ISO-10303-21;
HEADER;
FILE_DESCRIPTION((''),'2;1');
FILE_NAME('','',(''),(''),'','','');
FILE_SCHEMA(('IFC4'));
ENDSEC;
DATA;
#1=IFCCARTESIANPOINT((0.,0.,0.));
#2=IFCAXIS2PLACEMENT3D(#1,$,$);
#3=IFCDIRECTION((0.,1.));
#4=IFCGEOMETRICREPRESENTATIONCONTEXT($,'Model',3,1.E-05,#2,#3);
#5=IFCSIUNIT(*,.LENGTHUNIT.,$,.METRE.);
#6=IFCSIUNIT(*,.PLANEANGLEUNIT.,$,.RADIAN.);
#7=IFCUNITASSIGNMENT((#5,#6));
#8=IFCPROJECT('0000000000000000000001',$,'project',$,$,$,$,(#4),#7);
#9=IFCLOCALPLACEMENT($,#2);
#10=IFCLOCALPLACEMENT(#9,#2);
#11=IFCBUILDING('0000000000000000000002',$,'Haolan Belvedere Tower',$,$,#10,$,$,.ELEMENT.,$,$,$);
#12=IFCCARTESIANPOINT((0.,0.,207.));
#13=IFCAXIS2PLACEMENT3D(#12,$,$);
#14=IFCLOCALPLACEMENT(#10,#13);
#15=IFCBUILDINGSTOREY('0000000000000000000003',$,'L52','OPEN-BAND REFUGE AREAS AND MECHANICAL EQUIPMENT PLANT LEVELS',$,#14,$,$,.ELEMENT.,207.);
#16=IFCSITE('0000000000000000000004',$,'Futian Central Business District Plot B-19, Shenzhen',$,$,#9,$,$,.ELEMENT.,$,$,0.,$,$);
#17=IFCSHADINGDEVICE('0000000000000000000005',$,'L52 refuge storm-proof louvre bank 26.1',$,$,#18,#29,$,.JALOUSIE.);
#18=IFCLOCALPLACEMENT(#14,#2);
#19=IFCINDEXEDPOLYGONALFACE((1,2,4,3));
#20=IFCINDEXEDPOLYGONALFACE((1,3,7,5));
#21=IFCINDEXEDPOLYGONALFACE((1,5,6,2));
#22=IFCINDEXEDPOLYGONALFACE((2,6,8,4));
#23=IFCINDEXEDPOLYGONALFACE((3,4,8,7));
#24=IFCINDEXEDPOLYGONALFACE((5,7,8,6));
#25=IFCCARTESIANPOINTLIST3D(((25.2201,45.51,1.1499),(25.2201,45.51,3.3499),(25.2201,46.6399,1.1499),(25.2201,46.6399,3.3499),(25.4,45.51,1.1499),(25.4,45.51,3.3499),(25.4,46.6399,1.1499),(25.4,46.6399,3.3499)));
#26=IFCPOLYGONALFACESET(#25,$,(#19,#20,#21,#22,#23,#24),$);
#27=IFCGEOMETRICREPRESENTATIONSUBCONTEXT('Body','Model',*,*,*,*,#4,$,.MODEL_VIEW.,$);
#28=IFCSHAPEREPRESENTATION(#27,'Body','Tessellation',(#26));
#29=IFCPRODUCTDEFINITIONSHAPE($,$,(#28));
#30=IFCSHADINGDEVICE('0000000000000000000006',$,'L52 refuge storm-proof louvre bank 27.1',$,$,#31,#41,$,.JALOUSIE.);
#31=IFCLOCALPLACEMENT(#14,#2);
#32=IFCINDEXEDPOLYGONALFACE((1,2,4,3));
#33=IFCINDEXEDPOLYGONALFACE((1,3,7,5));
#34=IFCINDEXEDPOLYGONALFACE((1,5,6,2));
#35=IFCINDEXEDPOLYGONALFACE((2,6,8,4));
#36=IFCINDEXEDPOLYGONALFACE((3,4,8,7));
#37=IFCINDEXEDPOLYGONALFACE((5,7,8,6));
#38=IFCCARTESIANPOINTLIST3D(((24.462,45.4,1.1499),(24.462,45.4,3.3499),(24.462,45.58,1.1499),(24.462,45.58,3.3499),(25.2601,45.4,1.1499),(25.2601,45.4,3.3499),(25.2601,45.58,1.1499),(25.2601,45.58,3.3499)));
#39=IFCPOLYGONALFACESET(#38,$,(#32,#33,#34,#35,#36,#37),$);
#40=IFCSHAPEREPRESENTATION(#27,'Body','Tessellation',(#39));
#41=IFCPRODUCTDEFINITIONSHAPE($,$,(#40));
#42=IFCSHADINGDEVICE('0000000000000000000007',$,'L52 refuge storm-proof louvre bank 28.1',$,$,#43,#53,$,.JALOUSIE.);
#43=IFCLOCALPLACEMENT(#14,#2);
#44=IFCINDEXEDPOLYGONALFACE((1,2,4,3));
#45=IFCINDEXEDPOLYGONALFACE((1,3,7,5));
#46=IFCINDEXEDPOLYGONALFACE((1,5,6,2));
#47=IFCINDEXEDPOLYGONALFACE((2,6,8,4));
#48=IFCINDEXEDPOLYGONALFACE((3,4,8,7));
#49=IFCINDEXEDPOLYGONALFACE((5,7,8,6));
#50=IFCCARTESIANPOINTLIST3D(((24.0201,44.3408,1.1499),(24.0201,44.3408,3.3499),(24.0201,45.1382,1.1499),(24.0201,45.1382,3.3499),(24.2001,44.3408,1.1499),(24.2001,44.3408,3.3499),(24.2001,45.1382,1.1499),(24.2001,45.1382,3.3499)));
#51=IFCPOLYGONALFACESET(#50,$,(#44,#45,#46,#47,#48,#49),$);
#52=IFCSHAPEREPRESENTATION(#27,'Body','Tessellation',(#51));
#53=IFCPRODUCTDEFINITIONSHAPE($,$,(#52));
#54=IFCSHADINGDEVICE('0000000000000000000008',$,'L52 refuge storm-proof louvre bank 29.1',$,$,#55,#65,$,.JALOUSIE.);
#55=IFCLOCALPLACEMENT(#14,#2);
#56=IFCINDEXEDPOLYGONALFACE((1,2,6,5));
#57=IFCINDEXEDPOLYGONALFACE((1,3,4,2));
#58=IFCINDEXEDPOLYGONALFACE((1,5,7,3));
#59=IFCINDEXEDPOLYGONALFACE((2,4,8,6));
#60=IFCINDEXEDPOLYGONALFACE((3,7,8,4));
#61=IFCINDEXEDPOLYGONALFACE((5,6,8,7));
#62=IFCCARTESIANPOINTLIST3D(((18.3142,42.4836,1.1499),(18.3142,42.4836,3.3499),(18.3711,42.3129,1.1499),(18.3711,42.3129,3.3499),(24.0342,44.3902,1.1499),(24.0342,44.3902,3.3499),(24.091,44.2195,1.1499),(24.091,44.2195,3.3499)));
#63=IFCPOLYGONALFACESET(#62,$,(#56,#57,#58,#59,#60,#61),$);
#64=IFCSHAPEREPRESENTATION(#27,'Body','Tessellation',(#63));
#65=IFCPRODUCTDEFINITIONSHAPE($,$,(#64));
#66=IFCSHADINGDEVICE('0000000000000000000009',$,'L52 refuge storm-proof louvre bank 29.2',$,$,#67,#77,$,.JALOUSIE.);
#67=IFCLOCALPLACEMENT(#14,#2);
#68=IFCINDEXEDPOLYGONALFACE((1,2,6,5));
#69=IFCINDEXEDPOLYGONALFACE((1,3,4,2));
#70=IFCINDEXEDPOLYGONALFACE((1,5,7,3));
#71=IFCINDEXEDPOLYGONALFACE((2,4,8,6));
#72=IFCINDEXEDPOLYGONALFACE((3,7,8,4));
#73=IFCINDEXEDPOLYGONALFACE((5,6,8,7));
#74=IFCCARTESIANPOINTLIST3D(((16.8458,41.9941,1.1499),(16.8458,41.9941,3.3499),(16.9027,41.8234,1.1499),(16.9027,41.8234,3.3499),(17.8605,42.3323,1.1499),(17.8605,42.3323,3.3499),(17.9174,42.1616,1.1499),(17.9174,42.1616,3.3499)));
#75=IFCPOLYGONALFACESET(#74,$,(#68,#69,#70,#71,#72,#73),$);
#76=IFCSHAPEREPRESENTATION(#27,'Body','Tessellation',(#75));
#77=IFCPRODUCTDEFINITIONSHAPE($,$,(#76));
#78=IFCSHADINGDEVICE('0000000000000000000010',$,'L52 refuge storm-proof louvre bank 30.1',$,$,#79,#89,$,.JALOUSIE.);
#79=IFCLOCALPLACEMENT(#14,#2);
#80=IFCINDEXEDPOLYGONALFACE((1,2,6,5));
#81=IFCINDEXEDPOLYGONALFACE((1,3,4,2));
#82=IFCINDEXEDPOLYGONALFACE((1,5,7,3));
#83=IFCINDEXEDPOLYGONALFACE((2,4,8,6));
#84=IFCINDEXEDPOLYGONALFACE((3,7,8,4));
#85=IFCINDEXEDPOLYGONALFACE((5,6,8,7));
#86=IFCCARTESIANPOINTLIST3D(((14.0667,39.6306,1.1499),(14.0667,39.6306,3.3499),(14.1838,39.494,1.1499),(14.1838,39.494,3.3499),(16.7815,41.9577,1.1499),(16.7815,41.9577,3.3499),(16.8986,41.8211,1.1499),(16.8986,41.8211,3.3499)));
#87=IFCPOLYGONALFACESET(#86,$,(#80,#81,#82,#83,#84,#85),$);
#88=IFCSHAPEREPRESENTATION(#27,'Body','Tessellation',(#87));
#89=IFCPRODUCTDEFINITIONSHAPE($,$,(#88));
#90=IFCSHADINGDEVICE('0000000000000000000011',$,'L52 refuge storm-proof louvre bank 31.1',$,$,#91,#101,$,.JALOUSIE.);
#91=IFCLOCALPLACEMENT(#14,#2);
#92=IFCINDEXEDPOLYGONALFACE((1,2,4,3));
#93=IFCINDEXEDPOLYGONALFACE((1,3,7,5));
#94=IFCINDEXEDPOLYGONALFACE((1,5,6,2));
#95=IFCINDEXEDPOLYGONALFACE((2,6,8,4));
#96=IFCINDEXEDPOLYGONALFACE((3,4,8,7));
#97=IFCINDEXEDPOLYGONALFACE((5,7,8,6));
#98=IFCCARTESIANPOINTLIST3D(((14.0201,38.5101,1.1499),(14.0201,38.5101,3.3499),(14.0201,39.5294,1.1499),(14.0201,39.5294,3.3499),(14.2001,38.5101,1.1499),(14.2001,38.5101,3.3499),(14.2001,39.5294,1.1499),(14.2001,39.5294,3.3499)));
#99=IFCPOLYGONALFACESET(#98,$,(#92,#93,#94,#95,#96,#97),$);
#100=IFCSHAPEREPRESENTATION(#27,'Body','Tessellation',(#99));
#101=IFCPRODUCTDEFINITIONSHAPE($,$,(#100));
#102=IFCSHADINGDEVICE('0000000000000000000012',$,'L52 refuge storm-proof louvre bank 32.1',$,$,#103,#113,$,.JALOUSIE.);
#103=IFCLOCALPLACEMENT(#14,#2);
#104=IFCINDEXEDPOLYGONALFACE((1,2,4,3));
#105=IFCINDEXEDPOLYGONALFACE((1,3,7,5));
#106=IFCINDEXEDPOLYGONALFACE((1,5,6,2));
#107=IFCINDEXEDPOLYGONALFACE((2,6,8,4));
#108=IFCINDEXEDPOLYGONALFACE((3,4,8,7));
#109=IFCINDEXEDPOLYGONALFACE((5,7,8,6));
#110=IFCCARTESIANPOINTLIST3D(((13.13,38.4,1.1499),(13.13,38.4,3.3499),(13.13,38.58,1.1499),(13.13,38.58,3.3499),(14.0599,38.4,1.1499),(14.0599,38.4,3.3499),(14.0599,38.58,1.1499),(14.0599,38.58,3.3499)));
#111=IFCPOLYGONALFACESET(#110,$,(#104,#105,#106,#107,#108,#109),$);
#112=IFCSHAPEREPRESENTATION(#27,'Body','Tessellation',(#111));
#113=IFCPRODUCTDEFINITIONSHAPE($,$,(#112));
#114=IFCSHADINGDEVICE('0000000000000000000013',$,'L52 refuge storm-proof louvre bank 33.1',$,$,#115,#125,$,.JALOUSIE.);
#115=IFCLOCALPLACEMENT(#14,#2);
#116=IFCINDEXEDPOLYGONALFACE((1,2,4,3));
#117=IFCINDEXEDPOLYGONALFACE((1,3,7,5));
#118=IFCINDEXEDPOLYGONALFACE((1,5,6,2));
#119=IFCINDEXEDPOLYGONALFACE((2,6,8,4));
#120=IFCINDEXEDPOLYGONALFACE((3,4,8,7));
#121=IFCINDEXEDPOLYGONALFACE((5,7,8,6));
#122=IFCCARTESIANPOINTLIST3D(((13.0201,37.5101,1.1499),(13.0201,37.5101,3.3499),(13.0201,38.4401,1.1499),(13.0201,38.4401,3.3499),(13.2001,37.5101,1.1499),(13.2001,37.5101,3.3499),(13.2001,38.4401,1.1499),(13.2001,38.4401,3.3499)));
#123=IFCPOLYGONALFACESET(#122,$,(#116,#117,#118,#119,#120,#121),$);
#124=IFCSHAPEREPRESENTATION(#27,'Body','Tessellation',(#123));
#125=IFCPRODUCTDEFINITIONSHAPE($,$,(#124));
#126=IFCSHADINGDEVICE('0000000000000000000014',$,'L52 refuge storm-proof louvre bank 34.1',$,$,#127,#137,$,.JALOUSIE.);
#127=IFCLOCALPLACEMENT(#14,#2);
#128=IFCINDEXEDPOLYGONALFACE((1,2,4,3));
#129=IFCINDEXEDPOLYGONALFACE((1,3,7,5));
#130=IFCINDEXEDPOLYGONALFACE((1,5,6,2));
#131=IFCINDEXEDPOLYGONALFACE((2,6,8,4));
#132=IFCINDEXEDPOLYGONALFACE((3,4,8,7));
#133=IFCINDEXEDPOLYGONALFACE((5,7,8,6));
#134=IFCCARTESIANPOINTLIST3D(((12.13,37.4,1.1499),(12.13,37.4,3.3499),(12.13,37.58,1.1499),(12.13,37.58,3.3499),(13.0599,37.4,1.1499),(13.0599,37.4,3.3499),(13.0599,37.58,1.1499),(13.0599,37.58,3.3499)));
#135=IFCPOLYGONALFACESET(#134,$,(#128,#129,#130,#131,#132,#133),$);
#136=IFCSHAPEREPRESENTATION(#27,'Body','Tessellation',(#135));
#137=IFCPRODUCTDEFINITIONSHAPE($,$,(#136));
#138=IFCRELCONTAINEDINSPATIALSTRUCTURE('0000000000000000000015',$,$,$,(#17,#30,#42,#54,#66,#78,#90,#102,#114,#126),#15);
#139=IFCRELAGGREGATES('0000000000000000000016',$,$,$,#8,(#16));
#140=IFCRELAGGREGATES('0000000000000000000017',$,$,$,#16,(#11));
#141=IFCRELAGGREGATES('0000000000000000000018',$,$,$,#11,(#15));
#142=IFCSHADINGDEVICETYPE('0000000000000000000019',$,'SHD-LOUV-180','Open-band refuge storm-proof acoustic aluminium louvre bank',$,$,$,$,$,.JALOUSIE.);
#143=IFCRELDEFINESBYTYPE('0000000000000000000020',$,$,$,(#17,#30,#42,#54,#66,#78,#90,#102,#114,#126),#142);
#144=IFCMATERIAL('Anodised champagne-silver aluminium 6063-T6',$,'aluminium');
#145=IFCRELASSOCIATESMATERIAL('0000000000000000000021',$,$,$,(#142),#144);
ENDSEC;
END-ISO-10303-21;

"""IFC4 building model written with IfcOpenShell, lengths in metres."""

from ifc_helpers import new_model, si_unit, direction, frame, origin, origin_2d, place, context, subcontext, project, spatial, rectangle, extrude, material, type_object, element, save


model = new_model("IFC4")

# Units and contexts
model_context = context("Model", 3, precision=1e-05, world=origin(), true_north=direction((0.0, 1.0)))
body_context = subcontext(model_context, "Body", "Model", "MODEL_VIEW")
ifc_project = project(units=[si_unit("LENGTHUNIT", "METRE"), si_unit("PLANEANGLEUNIT", "RADIAN")], contexts=[model_context])

# Site, building, storey
site_placement = place(None, origin())
site = spatial("IfcSite", under=ifc_project, at=site_placement, Name="Futian Central Business District Plot B-19, Shenzhen", CompositionType="ELEMENT", RefElevation=0.0)
building_placement = place(site_placement, origin())
building = spatial("IfcBuilding", under=site, at=building_placement, Name="Haolan Belvedere Tower", CompositionType="ELEMENT")
storey_placement = place(building_placement, frame((0.0, 0.0, 207.0)))
storey = spatial("IfcBuildingStorey", under=building, at=storey_placement, Name="L52", Description="OPEN-BAND REFUGE AREAS AND MECHANICAL EQUIPMENT PLANT LEVELS", CompositionType="ELEMENT", Elevation=207.0)

# Shading devices
ifc_material_1 = material(Name="Anodised champagne-silver aluminium 6063-T6", Category="aluminium")
shading_device_type = type_object("IfcShadingDeviceType", Name="SHD-LOUV-180", Description="Open-band refuge storm-proof acoustic aluminium louvre bank", PredefinedType="JALOUSIE", material=ifc_material_1)
shading_device_1_placement = place(storey_placement, frame((25.3101, 46.075, 1.1499), z_axis=(0.0, 0.0, 1.0), x_axis=(0.0, -1.0, 0.0)))
element("IfcShadingDevice", 1, at=shading_device_1_placement, inside=storey, type_object=shading_device_type, Name="L52 refuge storm-proof louvre bank 26.1", PredefinedType="JALOUSIE", context=body_context, shape_type="SweptSolid", body=[
    extrude(rectangle(XDim=1.1299, YDim=0.1799, at=origin_2d()), origin(), (0.0, 0.0, 1.0), 2.2),
])
shading_device_2_placement = place(storey_placement, frame((24.8611, 45.49, 1.1499), z_axis=(0.0, 0.0, 1.0), x_axis=(-1.0, 0.0, 0.0)))
element("IfcShadingDevice", 2, at=shading_device_2_placement, inside=storey, type_object=shading_device_type, Name="L52 refuge storm-proof louvre bank 27.1", PredefinedType="JALOUSIE", context=body_context, shape_type="SweptSolid", body=[
    extrude(rectangle(XDim=0.7981, YDim=0.1799, at=origin_2d()), origin(), (0.0, 0.0, 1.0), 2.2),
])
shading_device_3_placement = place(storey_placement, frame((24.1101, 44.7395, 1.1499), z_axis=(0.0, 0.0, 1.0), x_axis=(0.0, -1.0, 0.0)))
element("IfcShadingDevice", 3, at=shading_device_3_placement, inside=storey, type_object=shading_device_type, Name="L52 refuge storm-proof louvre bank 28.1", PredefinedType="JALOUSIE", context=body_context, shape_type="SweptSolid", body=[
    extrude(rectangle(XDim=0.7974, YDim=0.1799, at=origin_2d()), origin(), (0.0, 0.0, 1.0), 2.2),
])
shading_device_4_placement = place(storey_placement, frame((21.2026, 43.3516, 1.1499), z_axis=(0.0, 0.0, 1.0), x_axis=(-0.948689, -0.316212, 0.0)))
element("IfcShadingDevice", 4, at=shading_device_4_placement, inside=storey, type_object=shading_device_type, Name="L52 refuge storm-proof louvre bank 29.1", PredefinedType="JALOUSIE", context=body_context, shape_type="SweptSolid", body=[
    extrude(rectangle(XDim=6.0293, YDim=0.1799, at=origin_2d()), origin(), (0.0, 0.0, 1.0), 2.2),
])
shading_device_5_placement = place(storey_placement, frame((17.3816, 42.0779, 1.1499), z_axis=(0.0, 0.0, 1.0), x_axis=(-0.948694, -0.316195, 0.0)))
element("IfcShadingDevice", 5, at=shading_device_5_placement, inside=storey, type_object=shading_device_type, Name="L52 refuge storm-proof louvre bank 29.2", PredefinedType="JALOUSIE", context=body_context, shape_type="SweptSolid", body=[
    extrude(rectangle(XDim=1.0696, YDim=0.1799, at=origin_2d()), origin(), (0.0, 0.0, 1.0), 2.2),
])
shading_device_6_placement = place(storey_placement, frame((15.4827, 40.7258, 1.1499), z_axis=(0.0, 0.0, 1.0), x_axis=(-0.759249, -0.650801, 0.0)))
element("IfcShadingDevice", 6, at=shading_device_6_placement, inside=storey, type_object=shading_device_type, Name="L52 refuge storm-proof louvre bank 30.1", PredefinedType="JALOUSIE", context=body_context, shape_type="SweptSolid", body=[
    extrude(rectangle(XDim=3.5757, YDim=0.1799, at=origin_2d()), origin(), (0.0, 0.0, 1.0), 2.2),
])
shading_device_7_placement = place(storey_placement, frame((14.1101, 39.0198, 1.1499), z_axis=(0.0, 0.0, 1.0), x_axis=(0.0, -1.0, 0.0)))
element("IfcShadingDevice", 7, at=shading_device_7_placement, inside=storey, type_object=shading_device_type, Name="L52 refuge storm-proof louvre bank 31.1", PredefinedType="JALOUSIE", context=body_context, shape_type="SweptSolid", body=[
    extrude(rectangle(XDim=1.0193, YDim=0.1799, at=origin_2d()), origin(), (0.0, 0.0, 1.0), 2.2),
])
for number, where, z_axis, x_axis, name in (
    (8, (13.595, 38.49, 1.1499), (0.0, 0.0, 1.0), (-1.0, 0.0, 0.0), "L52 refuge storm-proof louvre bank 32.1"),
    (9, (13.1101, 37.9751, 1.1499), (0.0, 0.0, 1.0), (0.0, -1.0, 0.0), "L52 refuge storm-proof louvre bank 33.1"),
    (10, (12.595, 37.49, 1.1499), (0.0, 0.0, 1.0), (-1.0, 0.0, 0.0), "L52 refuge storm-proof louvre bank 34.1"),
):
    element("IfcShadingDevice", number, at=place(storey_placement, frame(where, z_axis=z_axis, x_axis=x_axis)), inside=storey, type_object=shading_device_type, Name=name, PredefinedType="JALOUSIE", context=body_context, shape_type="SweptSolid", body=[
        extrude(rectangle(XDim=0.9299, YDim=0.1799, at=origin_2d()), origin(), (0.0, 0.0, 1.0), 2.2),
    ])

save(model, "model.ifc")
